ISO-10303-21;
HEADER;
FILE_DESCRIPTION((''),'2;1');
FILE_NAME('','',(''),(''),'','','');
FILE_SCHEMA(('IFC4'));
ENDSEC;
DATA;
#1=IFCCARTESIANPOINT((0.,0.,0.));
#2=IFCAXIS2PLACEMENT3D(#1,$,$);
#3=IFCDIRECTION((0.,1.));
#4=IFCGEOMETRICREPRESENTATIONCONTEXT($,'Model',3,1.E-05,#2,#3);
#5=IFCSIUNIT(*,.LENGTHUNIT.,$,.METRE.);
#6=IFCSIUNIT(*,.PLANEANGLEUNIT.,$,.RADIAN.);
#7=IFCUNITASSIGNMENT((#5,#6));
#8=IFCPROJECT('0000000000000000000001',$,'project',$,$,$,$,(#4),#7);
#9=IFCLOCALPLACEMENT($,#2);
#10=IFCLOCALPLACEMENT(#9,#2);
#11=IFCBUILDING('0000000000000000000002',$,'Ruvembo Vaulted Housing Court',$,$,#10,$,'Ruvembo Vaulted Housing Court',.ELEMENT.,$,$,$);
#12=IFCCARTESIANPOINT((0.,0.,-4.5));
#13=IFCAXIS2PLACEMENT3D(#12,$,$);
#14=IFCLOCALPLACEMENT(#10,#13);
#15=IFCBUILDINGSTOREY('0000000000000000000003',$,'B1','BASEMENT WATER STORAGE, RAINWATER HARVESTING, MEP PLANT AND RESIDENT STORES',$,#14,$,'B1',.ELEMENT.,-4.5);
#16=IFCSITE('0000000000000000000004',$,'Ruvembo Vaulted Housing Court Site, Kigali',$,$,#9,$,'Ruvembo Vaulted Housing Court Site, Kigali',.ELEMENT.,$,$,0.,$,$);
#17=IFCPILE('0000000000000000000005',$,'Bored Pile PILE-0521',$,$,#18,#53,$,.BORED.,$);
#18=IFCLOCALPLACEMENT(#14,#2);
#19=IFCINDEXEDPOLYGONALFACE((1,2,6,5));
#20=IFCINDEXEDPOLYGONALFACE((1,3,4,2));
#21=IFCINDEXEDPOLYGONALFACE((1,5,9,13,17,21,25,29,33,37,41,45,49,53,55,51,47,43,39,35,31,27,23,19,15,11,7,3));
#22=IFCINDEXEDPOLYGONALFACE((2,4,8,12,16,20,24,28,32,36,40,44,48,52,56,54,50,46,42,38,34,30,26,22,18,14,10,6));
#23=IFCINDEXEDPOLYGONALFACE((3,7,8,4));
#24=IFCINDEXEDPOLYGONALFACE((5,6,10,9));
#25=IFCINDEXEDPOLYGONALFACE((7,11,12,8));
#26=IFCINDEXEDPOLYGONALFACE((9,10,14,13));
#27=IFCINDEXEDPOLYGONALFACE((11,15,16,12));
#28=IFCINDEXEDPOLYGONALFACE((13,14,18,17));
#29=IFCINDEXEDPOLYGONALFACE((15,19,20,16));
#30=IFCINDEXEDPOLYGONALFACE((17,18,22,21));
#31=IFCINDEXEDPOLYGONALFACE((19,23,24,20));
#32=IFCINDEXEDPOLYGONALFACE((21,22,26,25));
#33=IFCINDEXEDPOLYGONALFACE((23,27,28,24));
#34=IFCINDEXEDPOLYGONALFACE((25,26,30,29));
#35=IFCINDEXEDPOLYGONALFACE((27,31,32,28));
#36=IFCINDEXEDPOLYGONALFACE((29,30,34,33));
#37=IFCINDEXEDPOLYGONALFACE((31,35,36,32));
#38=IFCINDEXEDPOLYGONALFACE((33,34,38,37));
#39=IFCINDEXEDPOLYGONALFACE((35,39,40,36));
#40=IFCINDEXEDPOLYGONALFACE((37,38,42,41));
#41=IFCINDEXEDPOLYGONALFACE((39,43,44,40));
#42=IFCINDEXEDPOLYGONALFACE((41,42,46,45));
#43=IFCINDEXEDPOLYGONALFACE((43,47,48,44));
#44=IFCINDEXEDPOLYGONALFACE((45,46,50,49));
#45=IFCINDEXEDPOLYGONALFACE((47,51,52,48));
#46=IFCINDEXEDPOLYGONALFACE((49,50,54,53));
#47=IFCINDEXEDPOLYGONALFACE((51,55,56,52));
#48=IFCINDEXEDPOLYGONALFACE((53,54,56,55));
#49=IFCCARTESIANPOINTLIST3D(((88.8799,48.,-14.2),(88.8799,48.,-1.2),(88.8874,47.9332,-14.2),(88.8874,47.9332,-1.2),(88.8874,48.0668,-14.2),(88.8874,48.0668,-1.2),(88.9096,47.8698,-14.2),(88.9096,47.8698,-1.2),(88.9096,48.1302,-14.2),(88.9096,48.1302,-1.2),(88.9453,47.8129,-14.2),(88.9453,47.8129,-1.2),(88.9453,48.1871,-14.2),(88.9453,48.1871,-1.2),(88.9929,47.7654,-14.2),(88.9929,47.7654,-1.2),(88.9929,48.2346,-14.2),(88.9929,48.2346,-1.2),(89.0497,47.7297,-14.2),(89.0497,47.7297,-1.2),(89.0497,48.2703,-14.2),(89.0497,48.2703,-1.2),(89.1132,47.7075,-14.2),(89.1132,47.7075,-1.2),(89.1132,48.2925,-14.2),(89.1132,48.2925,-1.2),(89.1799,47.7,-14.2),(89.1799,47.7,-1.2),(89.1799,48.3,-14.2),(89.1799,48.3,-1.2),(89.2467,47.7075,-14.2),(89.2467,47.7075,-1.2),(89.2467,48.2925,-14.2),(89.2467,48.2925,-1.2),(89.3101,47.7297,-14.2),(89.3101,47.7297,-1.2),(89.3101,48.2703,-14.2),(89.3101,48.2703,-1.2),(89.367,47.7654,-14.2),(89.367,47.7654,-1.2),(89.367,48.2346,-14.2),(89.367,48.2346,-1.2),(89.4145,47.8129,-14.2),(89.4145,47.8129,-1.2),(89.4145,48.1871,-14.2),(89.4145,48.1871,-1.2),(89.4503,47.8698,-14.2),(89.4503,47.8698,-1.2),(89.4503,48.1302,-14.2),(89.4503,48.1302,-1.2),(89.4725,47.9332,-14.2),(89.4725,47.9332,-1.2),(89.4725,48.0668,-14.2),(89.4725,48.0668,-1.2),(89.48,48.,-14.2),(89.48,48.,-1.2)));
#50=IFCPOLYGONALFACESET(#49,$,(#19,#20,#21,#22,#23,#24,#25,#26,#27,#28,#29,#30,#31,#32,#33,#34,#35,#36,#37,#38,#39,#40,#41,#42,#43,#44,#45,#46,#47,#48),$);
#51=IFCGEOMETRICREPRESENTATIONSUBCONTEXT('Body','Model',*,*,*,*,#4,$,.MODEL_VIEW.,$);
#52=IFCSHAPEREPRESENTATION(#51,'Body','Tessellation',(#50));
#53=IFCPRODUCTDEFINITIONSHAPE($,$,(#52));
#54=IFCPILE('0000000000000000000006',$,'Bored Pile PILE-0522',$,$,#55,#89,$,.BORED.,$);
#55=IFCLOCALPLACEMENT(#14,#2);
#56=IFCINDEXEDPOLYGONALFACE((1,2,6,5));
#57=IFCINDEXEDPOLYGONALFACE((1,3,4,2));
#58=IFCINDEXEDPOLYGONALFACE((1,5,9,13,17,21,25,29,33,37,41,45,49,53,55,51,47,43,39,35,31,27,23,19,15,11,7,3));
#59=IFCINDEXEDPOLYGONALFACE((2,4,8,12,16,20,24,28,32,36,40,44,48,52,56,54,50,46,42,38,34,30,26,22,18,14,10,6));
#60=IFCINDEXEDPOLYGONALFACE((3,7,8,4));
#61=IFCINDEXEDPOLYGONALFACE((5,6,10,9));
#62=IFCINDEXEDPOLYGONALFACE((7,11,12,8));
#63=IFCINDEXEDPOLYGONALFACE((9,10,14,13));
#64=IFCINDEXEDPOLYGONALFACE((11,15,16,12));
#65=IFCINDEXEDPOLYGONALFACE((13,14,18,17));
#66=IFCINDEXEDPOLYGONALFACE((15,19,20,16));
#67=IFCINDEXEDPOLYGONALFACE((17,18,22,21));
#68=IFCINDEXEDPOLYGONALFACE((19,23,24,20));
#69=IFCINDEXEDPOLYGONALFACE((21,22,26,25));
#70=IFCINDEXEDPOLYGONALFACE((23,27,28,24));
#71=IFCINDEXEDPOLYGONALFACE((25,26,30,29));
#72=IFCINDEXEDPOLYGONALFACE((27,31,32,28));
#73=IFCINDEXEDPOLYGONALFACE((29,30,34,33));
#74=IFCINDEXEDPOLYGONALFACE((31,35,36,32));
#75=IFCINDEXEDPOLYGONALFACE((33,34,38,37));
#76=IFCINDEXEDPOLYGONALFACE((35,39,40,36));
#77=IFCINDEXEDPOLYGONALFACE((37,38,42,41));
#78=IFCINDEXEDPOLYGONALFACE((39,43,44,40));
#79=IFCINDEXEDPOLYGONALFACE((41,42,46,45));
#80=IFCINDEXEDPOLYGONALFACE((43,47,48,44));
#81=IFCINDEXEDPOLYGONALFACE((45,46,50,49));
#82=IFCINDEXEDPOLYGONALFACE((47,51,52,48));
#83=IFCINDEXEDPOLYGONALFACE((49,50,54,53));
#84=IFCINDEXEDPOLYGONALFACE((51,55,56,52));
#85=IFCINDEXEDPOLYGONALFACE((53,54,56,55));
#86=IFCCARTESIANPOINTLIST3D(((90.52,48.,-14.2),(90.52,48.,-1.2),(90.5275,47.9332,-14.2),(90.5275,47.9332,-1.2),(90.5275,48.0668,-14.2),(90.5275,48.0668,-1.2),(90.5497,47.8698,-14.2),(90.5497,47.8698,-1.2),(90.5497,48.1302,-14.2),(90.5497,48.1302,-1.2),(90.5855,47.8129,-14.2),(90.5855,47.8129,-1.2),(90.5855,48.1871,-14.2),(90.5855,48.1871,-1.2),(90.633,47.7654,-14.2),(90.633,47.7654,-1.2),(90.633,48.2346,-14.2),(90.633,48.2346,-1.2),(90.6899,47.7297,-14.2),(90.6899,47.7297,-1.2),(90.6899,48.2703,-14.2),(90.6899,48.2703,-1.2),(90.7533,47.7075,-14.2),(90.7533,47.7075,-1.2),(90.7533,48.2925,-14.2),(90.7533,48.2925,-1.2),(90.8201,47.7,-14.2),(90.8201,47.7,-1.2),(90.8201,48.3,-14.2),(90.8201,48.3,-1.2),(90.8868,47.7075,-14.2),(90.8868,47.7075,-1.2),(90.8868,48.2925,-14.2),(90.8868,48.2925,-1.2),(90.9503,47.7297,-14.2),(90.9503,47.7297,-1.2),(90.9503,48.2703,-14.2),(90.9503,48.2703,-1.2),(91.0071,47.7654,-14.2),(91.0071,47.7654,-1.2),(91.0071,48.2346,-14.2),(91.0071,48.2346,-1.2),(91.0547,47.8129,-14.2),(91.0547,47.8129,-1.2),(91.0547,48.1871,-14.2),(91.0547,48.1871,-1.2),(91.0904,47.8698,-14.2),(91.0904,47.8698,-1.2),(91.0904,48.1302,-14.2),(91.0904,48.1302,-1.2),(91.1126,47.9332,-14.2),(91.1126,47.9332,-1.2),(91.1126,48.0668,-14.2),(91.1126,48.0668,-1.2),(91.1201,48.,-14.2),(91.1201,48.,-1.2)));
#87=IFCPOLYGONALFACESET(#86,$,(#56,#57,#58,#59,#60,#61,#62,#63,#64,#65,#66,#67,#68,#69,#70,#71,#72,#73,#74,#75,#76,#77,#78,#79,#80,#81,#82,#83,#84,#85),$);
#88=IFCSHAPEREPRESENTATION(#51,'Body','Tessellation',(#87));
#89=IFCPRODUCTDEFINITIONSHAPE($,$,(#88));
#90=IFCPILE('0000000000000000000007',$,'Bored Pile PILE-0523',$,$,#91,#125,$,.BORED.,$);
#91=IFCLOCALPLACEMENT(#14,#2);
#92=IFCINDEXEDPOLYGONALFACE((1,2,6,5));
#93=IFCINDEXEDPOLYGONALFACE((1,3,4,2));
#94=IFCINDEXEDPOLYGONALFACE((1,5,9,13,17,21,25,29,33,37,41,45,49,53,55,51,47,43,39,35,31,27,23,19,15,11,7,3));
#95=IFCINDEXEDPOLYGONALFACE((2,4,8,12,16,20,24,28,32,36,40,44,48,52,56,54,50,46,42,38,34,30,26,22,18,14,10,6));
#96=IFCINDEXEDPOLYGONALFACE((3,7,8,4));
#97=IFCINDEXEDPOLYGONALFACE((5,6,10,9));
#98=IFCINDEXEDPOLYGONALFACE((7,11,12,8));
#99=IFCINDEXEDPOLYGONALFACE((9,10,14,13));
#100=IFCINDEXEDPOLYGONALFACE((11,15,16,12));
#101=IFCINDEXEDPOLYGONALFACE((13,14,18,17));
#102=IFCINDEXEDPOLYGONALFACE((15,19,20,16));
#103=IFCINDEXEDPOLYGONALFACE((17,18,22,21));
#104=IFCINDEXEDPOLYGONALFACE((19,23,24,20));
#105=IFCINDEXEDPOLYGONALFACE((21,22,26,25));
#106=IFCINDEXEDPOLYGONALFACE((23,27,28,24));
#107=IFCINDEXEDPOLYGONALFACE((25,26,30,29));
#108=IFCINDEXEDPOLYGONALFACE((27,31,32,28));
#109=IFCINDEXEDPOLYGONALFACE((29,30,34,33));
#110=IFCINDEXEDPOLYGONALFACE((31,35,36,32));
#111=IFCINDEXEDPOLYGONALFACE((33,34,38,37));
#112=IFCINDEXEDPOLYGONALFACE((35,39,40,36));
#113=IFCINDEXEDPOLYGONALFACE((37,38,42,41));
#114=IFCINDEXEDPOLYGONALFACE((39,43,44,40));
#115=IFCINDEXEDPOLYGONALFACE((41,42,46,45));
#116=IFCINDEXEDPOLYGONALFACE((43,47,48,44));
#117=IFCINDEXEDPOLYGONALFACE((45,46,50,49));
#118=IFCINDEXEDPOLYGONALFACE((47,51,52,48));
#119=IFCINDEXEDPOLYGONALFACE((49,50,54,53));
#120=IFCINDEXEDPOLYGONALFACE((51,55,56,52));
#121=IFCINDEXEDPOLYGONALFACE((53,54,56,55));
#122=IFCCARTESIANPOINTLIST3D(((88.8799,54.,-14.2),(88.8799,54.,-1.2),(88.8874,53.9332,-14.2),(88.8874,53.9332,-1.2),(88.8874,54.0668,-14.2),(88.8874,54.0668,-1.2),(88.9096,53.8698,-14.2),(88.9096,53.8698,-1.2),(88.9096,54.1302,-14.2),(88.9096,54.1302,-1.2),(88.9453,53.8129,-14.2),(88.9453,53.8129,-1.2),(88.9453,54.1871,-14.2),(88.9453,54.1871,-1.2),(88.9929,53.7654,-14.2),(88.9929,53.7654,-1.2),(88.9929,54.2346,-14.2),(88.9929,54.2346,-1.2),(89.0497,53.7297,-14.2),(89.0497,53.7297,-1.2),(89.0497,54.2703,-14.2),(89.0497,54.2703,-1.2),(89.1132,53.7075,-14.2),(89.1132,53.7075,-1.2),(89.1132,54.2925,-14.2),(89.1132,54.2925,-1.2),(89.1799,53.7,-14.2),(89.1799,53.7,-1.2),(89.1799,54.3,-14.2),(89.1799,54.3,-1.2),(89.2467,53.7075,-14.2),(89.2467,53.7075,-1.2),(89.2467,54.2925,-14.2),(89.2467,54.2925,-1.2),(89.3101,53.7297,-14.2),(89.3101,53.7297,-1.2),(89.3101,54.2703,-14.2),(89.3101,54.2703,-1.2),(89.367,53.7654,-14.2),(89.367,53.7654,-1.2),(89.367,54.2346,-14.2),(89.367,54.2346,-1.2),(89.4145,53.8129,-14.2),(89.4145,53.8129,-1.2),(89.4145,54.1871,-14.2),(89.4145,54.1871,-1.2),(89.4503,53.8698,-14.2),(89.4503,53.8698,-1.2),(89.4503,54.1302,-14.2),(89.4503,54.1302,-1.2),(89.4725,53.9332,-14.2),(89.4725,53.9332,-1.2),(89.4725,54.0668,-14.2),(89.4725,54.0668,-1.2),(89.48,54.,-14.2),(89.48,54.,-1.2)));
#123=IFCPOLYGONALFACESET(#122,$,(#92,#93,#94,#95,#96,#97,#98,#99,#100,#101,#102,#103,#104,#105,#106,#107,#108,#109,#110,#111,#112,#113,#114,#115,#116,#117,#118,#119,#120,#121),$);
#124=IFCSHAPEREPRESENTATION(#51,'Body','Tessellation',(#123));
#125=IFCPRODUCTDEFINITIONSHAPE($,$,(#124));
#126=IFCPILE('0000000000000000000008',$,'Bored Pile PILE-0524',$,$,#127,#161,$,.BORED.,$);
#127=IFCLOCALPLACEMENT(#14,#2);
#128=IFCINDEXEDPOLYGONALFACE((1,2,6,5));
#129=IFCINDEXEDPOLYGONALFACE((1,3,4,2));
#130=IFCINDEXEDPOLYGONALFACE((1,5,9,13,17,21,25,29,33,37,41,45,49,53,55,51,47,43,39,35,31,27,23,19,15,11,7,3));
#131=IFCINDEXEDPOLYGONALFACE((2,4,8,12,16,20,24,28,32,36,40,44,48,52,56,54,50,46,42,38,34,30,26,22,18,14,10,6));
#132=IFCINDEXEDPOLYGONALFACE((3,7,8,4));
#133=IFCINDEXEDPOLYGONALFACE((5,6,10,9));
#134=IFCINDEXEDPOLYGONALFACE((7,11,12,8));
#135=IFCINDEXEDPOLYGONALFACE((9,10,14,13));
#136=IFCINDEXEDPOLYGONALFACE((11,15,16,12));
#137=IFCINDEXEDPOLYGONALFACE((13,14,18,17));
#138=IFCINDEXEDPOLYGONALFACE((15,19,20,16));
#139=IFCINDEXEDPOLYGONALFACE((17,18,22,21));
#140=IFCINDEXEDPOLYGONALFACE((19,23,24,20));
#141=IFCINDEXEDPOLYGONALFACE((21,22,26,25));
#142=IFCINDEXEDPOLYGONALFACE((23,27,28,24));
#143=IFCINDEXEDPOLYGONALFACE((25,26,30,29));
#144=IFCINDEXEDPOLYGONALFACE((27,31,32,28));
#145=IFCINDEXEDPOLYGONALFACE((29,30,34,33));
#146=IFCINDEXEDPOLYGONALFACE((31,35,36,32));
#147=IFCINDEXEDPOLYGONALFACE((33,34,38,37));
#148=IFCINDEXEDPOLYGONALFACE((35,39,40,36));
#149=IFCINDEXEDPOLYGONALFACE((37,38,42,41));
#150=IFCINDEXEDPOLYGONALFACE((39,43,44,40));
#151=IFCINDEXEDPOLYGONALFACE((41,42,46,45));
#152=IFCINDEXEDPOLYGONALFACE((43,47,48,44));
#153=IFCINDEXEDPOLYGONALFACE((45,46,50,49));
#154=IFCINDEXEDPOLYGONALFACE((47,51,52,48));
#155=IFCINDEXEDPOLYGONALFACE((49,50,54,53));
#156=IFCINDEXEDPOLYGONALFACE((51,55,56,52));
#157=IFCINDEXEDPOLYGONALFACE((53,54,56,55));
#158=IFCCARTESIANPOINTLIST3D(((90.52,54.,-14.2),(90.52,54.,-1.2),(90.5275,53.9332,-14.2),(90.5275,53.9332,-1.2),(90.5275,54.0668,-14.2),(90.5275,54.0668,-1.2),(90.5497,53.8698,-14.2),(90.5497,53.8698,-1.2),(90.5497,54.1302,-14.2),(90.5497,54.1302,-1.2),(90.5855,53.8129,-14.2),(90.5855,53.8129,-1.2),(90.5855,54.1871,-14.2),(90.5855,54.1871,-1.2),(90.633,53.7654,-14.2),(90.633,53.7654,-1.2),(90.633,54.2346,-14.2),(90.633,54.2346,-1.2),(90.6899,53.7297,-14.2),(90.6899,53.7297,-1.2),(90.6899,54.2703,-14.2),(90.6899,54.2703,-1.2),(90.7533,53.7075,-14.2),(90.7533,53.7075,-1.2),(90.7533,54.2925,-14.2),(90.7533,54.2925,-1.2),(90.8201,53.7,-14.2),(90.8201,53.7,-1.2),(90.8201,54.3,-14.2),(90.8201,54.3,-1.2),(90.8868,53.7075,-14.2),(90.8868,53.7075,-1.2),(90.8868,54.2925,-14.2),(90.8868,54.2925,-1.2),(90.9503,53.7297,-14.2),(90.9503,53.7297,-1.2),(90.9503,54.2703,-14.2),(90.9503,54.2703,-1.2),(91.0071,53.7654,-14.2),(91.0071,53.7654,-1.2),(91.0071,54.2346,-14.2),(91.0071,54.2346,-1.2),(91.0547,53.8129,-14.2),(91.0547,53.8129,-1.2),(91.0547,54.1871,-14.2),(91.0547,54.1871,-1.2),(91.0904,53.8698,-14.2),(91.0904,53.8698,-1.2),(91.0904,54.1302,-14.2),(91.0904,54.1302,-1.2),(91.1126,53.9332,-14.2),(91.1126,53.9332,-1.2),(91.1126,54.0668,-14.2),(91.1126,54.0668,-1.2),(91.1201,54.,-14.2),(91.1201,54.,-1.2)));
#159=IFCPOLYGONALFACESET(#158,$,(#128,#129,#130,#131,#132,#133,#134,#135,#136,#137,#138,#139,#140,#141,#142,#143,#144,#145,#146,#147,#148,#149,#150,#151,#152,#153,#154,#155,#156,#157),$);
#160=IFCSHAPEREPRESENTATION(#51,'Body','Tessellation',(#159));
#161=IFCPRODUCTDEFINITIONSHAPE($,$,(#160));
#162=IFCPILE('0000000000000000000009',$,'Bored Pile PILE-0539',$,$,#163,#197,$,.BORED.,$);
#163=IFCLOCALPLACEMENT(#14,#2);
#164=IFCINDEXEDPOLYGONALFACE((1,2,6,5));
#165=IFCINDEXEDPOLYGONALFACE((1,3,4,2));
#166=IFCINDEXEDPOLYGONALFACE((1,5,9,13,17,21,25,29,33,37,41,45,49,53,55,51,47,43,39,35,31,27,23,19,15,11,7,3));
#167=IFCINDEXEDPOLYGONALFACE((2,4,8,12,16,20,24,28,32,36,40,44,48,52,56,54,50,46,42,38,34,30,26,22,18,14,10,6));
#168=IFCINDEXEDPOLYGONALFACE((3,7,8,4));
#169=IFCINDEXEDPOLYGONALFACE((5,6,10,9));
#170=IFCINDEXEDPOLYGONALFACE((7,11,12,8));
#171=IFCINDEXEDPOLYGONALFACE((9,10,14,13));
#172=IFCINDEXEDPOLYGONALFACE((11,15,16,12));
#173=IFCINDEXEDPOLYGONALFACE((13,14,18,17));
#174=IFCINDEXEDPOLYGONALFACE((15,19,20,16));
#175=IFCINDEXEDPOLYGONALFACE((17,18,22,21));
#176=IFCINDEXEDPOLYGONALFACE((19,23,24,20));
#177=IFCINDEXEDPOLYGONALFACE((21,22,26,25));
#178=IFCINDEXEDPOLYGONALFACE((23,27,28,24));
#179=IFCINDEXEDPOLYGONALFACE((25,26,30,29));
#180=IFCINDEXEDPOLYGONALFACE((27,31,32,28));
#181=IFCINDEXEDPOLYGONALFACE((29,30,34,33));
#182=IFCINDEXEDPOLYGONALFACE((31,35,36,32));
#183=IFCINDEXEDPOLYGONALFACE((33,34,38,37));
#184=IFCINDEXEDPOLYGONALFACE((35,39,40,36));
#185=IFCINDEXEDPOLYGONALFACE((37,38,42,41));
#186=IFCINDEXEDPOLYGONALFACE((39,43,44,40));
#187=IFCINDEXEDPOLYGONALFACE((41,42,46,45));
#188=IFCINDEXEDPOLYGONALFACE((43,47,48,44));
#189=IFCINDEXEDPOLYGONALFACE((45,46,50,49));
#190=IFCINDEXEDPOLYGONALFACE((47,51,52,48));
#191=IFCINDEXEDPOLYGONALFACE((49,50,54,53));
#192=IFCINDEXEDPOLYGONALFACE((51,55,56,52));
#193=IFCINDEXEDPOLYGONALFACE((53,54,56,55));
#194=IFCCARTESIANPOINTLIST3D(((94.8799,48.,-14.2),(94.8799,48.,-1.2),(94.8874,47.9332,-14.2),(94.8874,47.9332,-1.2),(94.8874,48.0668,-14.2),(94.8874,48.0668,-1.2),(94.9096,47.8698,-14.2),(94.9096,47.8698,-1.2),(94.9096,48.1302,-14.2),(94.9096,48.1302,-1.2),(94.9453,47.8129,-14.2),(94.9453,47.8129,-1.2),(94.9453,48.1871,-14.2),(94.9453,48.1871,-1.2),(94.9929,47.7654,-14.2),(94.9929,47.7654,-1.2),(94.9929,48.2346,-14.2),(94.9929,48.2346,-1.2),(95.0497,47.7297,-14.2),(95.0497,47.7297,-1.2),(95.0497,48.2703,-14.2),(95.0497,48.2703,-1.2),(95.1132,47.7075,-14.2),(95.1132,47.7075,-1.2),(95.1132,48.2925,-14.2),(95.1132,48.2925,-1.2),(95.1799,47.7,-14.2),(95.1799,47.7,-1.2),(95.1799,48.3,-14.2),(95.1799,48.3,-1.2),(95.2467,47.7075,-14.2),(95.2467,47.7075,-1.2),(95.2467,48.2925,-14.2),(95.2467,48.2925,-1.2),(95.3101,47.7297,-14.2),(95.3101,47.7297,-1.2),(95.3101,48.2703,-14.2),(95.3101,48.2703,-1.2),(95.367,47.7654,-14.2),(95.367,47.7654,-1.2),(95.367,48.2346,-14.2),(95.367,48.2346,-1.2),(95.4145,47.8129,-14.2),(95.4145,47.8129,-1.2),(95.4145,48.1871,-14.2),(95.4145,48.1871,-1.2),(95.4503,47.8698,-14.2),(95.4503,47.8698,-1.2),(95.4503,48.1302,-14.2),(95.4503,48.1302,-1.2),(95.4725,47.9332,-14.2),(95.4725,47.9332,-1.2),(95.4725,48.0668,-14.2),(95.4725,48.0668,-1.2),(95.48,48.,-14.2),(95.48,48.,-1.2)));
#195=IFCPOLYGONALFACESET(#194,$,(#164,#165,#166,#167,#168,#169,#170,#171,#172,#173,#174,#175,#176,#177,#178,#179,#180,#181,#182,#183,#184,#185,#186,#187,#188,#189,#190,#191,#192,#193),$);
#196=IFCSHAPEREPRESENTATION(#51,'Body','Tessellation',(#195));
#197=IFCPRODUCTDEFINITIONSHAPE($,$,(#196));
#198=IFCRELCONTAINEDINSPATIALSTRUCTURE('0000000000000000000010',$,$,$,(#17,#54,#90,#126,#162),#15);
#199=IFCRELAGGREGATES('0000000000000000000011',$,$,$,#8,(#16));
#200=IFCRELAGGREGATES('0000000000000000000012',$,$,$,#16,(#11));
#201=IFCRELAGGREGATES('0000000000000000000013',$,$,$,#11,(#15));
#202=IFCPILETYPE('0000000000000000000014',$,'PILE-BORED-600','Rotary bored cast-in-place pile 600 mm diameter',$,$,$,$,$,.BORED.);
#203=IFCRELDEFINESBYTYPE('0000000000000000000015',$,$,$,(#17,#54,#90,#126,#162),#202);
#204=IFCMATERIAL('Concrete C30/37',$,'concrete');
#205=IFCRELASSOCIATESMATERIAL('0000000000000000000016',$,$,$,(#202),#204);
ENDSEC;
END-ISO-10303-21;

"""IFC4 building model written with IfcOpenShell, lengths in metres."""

from ifc_helpers import new_model, si_unit, direction, frame, origin, origin_2d, place, context, subcontext, project, spatial, circle, extrude, material, material_profile, profile_set, type_object, element, save


model = new_model("IFC4")

# Units and contexts
model_context = context("Model", 3, precision=1e-05, world=origin(), true_north=direction((0.0, 1.0)))
body_context = subcontext(model_context, "Body", "Model", "MODEL_VIEW")
ifc_project = project(units=[si_unit("LENGTHUNIT", "METRE"), si_unit("PLANEANGLEUNIT", "RADIAN")], contexts=[model_context])

# Site, building, storey
site_placement = place(None, origin())
site = spatial("IfcSite", under=ifc_project, at=site_placement, Name="Ruvembo Vaulted Housing Court Site, Kigali", LongName="Ruvembo Vaulted Housing Court Site, Kigali", CompositionType="ELEMENT", RefElevation=0.0)
building_placement = place(site_placement, origin())
building = spatial("IfcBuilding", under=site, at=building_placement, Name="Ruvembo Vaulted Housing Court", LongName="Ruvembo Vaulted Housing Court", CompositionType="ELEMENT")
storey_placement = place(building_placement, frame((0.0, 0.0, -4.5)))
storey = spatial("IfcBuildingStorey", under=building, at=storey_placement, Name="B1", Description="BASEMENT WATER STORAGE, RAINWATER HARVESTING, MEP PLANT AND RESIDENT STORES", LongName="B1", CompositionType="ELEMENT", Elevation=-4.5)

# Piles
ifc_material_1 = material(Name="Concrete C30/37", Category="concrete")
ifc_material_profile_1 = material_profile(ifc_material_1, circle(Radius=0.3, at=origin_2d()), Name="PILE D600")
ifc_profile_set_1 = profile_set([ifc_material_profile_1], Name="Concrete C30/37")
pile_type = type_object("IfcPileType", Name="PILE-BORED-600", Description="Rotary bored cast-in-place pile 600 mm diameter", PredefinedType="BORED", material=ifc_profile_set_1)
for number, where, z_axis, x_axis, name in (
    (1, (89.1799, 48.0, -1.2), (0.0, 0.0, -1.0), (1.0, 0.0, 0.0), "Bored Pile PILE-0521"),
    (2, (90.8201, 48.0, -1.2), (0.0, 0.0, -1.0), (1.0, 0.0, 0.0), "Bored Pile PILE-0522"),
    (3, (89.1799, 54.0, -1.2), (0.0, 0.0, -1.0), (1.0, 0.0, 0.0), "Bored Pile PILE-0523"),
    (4, (90.8201, 54.0, -1.2), (0.0, 0.0, -1.0), (1.0, 0.0, 0.0), "Bored Pile PILE-0524"),
    (5, (95.1799, 48.0, -1.2), (0.0, 0.0, -1.0), (1.0, 0.0, 0.0), "Bored Pile PILE-0539"),
):
    element("IfcPile", number, at=place(storey_placement, frame(where, z_axis=z_axis, x_axis=x_axis)), inside=storey, type_object=pile_type, Name=name, PredefinedType="BORED", context=body_context, shape_type="SweptSolid", body=[
        extrude(circle(Radius=0.3, at=origin_2d()), origin(), (0.0, 0.0, 1.0), 13.0),
    ])

save(model, "model.ifc")
